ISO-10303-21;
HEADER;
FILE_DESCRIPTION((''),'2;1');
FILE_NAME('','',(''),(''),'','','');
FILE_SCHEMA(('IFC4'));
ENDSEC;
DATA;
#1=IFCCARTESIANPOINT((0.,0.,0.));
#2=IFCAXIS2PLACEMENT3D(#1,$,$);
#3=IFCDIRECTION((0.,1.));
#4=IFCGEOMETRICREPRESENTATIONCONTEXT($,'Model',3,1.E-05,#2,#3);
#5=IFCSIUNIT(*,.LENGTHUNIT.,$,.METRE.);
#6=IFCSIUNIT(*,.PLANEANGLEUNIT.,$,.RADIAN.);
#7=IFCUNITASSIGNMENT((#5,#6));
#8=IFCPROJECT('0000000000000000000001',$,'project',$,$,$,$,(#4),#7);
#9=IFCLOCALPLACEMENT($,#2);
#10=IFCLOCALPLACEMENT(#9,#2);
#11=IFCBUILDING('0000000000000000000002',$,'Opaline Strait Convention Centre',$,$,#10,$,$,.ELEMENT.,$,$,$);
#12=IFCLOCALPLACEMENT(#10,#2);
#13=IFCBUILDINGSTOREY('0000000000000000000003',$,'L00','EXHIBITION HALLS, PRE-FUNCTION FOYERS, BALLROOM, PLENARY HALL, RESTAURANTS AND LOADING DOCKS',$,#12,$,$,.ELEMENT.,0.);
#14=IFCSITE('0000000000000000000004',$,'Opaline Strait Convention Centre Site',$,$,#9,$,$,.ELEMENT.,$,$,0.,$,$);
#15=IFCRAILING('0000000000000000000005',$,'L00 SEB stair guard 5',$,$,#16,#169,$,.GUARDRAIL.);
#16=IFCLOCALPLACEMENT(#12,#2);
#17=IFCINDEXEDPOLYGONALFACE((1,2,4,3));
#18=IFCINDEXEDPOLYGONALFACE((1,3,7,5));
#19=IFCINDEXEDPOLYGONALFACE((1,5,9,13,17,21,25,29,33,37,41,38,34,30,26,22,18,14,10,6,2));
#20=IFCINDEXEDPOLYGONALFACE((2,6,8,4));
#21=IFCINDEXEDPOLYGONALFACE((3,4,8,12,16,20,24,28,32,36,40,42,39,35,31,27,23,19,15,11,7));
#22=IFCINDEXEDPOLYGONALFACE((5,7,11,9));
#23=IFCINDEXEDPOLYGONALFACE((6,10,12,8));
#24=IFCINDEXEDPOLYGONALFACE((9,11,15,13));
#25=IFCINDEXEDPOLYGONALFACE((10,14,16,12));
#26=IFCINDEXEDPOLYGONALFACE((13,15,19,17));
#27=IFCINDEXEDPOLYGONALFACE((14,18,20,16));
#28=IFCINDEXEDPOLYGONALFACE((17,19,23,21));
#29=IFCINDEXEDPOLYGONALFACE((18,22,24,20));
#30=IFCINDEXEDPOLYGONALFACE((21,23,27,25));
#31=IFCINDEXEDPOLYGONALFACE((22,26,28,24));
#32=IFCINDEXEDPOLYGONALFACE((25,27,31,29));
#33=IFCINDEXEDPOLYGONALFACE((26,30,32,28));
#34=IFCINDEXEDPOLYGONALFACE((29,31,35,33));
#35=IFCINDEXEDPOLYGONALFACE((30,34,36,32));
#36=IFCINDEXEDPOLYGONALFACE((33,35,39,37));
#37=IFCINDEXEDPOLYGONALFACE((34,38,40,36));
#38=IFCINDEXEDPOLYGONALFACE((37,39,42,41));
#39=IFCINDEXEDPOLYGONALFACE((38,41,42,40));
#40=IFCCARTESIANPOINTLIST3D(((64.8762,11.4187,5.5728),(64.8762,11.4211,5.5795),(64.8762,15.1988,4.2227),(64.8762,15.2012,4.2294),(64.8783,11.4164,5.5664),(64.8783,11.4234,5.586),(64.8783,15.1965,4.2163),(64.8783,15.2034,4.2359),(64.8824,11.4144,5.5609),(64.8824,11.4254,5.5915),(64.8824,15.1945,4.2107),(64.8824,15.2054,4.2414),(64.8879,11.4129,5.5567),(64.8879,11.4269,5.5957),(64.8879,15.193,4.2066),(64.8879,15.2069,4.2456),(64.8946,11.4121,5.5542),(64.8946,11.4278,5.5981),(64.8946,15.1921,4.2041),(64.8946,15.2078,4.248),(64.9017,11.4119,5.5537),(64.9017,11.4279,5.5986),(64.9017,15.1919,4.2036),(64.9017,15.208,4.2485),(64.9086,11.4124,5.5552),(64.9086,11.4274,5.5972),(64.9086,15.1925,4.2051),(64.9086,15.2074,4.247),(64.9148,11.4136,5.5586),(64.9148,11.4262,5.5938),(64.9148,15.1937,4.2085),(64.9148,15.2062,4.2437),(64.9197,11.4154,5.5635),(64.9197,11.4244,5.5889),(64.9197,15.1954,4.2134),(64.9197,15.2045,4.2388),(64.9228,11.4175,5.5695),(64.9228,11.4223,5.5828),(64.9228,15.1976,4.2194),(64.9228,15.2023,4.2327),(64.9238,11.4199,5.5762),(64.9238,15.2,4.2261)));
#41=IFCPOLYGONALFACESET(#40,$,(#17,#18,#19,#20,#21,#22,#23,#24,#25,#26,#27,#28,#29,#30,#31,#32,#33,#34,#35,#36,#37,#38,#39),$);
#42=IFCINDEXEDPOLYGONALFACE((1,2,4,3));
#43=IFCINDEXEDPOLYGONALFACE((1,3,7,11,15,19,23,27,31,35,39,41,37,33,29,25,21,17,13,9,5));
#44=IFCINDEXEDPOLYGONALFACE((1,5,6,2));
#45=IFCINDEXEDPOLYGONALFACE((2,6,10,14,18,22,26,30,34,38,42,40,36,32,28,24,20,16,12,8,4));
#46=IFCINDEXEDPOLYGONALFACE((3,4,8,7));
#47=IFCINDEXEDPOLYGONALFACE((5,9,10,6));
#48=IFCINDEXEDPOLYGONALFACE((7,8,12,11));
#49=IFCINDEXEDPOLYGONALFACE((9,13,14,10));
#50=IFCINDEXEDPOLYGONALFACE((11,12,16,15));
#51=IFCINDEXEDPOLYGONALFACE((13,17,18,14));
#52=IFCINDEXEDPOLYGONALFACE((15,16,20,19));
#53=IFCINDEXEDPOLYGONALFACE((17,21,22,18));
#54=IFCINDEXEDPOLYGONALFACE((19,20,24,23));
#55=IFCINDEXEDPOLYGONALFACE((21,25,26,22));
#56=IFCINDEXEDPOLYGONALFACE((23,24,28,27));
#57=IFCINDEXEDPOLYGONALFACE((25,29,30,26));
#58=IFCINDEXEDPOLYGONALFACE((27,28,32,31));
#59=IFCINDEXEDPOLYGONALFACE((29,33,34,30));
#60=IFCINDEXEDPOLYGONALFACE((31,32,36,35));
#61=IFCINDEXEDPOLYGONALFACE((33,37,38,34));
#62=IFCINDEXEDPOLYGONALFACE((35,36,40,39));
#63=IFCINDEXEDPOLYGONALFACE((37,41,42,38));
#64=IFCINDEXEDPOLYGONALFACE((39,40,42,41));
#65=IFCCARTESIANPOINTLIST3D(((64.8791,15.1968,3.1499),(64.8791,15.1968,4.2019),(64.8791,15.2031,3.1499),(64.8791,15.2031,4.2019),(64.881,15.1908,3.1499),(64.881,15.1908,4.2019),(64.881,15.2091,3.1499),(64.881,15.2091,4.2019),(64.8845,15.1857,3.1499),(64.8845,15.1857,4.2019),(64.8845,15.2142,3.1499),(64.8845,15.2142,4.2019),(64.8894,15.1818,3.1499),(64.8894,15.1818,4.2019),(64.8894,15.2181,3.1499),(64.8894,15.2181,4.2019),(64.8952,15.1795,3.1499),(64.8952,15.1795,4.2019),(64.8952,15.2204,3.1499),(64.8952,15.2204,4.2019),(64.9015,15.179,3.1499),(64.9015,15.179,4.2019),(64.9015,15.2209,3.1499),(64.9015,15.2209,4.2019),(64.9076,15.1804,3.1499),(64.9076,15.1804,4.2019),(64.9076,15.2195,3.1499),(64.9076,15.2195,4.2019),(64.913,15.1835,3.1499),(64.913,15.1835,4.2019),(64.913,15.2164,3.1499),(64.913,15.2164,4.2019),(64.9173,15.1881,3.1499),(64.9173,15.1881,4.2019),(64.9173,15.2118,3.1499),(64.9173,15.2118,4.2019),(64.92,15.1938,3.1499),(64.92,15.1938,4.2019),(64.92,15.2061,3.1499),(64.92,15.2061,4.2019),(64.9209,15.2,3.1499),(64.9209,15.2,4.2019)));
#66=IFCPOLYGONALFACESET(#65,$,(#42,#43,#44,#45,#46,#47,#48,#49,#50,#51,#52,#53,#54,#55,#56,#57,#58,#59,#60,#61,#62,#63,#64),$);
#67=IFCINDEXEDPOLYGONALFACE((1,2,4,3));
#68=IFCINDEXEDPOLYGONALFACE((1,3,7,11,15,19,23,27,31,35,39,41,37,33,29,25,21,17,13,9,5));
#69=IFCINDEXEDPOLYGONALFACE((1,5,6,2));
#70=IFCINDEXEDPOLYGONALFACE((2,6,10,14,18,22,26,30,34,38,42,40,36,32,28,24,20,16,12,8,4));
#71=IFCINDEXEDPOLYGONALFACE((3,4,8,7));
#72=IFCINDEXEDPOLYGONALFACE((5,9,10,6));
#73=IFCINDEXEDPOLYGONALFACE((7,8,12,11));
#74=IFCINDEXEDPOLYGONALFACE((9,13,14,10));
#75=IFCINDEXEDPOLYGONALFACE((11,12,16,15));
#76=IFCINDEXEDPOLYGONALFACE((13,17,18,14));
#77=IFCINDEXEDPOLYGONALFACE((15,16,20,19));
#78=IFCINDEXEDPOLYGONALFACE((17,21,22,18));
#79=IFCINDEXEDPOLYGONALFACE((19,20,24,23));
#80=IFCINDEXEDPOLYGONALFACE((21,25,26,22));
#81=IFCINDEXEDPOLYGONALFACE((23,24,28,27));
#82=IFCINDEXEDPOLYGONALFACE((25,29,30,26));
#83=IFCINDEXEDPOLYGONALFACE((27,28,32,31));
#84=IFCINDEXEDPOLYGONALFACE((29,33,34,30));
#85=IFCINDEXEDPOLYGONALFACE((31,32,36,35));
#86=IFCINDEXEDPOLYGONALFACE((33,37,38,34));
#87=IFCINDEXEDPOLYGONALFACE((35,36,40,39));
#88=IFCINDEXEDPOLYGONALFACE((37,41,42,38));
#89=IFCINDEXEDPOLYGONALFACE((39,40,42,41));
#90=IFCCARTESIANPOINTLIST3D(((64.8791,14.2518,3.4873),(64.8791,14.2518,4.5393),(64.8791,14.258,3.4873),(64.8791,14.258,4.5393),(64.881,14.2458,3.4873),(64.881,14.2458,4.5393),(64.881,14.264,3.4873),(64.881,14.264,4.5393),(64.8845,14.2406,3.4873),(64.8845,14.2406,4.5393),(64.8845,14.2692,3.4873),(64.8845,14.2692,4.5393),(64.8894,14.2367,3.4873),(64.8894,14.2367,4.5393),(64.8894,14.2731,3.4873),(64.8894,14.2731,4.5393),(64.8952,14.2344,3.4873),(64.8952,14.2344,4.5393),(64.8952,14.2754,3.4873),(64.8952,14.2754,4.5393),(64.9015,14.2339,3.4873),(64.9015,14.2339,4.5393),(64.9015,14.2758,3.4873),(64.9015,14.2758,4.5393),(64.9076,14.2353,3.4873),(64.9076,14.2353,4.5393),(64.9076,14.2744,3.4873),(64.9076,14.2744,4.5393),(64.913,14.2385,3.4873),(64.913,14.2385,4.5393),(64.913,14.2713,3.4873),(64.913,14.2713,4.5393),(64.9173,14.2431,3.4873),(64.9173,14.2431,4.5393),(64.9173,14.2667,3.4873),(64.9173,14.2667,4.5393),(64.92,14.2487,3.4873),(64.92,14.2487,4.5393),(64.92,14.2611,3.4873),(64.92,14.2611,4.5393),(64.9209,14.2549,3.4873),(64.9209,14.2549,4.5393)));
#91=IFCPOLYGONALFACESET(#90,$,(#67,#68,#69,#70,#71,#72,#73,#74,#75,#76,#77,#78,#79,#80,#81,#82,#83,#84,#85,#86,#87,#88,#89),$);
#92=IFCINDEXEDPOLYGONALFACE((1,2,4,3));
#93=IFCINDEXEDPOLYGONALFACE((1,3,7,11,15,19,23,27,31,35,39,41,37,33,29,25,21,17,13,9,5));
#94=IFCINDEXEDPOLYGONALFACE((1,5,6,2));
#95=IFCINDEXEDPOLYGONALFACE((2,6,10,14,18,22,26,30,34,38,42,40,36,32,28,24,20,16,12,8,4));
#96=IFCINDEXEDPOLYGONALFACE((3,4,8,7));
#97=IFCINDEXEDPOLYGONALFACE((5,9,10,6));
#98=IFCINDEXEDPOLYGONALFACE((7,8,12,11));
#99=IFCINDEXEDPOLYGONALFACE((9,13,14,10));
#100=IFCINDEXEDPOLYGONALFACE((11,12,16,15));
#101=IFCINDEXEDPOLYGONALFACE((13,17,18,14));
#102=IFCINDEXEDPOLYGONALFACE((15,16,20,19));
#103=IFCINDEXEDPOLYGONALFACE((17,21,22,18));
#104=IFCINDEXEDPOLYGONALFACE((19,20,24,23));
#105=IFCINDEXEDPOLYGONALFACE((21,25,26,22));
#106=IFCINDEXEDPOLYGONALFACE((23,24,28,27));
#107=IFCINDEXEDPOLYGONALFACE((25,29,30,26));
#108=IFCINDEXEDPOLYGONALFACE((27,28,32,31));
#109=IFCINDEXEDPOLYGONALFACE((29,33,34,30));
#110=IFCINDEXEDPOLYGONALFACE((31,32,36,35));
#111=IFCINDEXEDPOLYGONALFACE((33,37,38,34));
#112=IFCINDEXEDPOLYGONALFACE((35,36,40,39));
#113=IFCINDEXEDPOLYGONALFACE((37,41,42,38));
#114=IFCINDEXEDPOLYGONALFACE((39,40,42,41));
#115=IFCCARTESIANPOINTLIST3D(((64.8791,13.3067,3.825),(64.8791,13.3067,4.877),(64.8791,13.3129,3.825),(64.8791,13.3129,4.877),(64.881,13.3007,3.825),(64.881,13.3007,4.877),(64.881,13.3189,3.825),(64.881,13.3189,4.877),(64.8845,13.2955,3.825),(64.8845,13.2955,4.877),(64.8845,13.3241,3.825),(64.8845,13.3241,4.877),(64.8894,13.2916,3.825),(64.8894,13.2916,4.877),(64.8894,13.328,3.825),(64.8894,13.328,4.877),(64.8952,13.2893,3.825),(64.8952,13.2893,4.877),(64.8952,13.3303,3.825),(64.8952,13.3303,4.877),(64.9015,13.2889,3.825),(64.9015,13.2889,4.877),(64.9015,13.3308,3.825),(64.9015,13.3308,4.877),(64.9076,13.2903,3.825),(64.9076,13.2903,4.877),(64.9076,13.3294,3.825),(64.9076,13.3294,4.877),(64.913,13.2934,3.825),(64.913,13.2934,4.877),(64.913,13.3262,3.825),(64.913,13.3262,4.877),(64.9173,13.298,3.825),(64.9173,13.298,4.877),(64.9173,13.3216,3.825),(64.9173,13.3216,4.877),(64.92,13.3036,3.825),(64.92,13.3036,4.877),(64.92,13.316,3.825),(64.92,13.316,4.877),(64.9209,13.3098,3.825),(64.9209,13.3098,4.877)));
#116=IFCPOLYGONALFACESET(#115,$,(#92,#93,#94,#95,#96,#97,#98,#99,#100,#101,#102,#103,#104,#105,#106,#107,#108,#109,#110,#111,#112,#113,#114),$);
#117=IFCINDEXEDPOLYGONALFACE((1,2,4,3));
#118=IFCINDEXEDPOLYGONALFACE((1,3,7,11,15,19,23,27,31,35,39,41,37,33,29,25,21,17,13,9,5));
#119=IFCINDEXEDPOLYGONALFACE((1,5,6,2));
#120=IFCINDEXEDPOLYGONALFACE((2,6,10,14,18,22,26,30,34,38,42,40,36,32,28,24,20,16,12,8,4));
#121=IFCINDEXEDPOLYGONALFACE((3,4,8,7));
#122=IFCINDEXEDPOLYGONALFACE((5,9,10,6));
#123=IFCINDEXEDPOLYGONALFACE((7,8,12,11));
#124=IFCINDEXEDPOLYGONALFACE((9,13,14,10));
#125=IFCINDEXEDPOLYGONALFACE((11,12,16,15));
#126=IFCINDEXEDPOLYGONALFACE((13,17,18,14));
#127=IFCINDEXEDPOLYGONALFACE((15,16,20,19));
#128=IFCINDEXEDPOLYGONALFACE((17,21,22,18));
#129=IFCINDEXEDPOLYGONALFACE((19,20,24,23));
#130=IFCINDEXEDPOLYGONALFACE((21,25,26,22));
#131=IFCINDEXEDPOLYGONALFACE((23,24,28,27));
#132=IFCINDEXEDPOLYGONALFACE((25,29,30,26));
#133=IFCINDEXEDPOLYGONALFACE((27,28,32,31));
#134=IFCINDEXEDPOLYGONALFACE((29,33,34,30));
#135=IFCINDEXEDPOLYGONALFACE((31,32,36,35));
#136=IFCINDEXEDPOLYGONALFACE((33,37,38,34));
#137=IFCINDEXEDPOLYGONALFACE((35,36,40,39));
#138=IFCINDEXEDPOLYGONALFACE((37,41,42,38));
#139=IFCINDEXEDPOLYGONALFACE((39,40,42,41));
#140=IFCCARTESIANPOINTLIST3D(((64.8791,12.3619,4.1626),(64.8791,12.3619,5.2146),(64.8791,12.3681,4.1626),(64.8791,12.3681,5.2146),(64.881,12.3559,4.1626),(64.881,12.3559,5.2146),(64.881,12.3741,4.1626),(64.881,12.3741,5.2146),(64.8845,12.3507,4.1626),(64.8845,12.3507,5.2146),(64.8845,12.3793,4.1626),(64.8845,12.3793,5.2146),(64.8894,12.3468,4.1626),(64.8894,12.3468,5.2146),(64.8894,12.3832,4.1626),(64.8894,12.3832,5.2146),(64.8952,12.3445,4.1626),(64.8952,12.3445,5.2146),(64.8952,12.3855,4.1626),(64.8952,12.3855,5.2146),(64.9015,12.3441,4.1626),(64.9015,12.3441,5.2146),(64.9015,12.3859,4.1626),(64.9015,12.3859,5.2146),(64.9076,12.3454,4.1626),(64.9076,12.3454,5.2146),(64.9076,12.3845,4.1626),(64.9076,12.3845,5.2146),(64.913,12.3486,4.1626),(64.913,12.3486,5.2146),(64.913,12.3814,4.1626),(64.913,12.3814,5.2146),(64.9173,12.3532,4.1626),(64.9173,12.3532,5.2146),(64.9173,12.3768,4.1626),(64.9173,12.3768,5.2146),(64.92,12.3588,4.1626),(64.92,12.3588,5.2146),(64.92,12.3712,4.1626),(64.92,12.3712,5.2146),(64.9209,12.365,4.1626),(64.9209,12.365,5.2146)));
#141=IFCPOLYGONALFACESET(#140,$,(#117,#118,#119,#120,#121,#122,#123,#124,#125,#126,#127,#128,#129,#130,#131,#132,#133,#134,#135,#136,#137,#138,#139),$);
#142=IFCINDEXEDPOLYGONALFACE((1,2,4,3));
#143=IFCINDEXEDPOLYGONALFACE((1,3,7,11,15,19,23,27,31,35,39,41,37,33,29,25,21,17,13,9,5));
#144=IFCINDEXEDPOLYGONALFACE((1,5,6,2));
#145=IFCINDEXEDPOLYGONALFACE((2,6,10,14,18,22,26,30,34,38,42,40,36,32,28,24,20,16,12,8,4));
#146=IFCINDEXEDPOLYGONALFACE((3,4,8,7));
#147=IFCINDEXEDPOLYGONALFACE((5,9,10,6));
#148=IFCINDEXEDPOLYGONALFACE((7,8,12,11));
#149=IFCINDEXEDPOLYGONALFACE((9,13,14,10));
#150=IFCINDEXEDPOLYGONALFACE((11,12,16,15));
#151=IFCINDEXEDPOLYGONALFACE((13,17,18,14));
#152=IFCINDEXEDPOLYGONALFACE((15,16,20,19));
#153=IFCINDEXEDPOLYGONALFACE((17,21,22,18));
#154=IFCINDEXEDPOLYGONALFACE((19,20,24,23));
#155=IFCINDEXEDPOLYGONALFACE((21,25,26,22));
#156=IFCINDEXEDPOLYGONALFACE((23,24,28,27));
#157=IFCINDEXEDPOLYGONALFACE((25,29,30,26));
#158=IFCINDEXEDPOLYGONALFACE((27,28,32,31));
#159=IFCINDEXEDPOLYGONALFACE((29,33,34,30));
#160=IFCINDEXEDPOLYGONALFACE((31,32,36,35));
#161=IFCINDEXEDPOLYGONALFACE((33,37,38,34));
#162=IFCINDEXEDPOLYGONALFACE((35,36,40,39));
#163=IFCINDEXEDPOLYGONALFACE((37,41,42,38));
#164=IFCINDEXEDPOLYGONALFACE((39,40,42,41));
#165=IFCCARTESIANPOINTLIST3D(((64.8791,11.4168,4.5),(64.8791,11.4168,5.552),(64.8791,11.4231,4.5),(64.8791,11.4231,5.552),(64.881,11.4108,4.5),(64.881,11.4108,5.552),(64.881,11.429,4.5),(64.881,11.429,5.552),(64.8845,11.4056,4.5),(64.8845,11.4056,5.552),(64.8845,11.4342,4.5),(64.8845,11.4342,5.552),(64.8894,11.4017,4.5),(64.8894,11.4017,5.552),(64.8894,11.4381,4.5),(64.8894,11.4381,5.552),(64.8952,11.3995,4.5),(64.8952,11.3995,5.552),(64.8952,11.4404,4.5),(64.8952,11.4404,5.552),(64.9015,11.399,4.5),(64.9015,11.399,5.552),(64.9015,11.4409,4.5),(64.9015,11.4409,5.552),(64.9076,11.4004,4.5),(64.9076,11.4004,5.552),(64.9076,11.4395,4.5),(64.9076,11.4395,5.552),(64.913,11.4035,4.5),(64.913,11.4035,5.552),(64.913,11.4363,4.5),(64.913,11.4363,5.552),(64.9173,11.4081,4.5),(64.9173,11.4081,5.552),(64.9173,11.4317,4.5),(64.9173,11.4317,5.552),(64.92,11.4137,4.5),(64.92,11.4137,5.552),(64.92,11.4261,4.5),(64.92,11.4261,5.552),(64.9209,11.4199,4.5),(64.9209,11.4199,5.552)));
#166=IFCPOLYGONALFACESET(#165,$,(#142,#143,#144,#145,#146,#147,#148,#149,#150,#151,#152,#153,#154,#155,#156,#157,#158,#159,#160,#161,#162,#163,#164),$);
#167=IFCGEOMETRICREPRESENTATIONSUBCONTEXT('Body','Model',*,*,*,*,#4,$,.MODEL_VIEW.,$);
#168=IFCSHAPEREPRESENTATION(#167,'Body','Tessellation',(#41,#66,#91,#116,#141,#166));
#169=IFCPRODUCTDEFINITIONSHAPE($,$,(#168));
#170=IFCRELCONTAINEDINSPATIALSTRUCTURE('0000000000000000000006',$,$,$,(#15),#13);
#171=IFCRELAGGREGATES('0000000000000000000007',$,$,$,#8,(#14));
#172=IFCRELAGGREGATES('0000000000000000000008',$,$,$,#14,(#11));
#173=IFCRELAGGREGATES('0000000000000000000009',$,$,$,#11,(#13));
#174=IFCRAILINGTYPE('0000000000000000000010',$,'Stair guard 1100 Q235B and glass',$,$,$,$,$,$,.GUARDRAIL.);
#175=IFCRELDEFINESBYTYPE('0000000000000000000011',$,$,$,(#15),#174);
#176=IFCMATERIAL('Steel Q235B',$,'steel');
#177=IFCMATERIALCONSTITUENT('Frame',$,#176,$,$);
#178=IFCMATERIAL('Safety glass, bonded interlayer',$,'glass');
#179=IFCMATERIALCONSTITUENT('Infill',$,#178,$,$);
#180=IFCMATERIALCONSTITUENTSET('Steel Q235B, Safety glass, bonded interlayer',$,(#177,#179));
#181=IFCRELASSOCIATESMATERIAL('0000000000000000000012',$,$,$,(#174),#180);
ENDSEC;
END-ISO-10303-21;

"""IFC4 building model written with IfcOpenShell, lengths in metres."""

from ifc_helpers import new_model, si_unit, direction, frame, origin, origin_2d, place, context, subcontext, project, spatial, circle, extrude, material, constituent, constituent_set, type_object, element, save


model = new_model("IFC4")

# Units and contexts
model_context = context("Model", 3, precision=1e-05, world=origin(), true_north=direction((0.0, 1.0)))
body_context = subcontext(model_context, "Body", "Model", "MODEL_VIEW")
ifc_project = project(units=[si_unit("LENGTHUNIT", "METRE"), si_unit("PLANEANGLEUNIT", "RADIAN")], contexts=[model_context])

# Site, building, storey
site_placement = place(None, origin())
site = spatial("IfcSite", under=ifc_project, at=site_placement, Name="Opaline Strait Convention Centre Site", CompositionType="ELEMENT", RefElevation=0.0)
building_placement = place(site_placement, origin())
building = spatial("IfcBuilding", under=site, at=building_placement, Name="Opaline Strait Convention Centre", CompositionType="ELEMENT")
storey_placement = place(building_placement, origin())
storey = spatial("IfcBuildingStorey", under=building, at=storey_placement, Name="L00", Description="EXHIBITION HALLS, PRE-FUNCTION FOYERS, BALLROOM, PLENARY HALL, RESTAURANTS AND LOADING DOCKS", CompositionType="ELEMENT", Elevation=0.0)

# Railing
ifc_material_1 = material(Name="Steel Q235B", Category="steel")
ifc_constituent_1 = constituent(ifc_material_1, Name="Frame")
ifc_material_2 = material(Name="Safety glass, bonded interlayer", Category="glass")
ifc_constituent_2 = constituent(ifc_material_2, Name="Infill")
ifc_constituent_set = constituent_set(constituents=[ifc_constituent_1, ifc_constituent_2], Name="Steel Q235B, Safety glass, bonded interlayer")
railing_type_1 = type_object("IfcRailingType", Name="Stair guard 1100 Q235B and glass", PredefinedType="GUARDRAIL", material=ifc_constituent_set)
railing_1_placement = place(storey_placement, frame((64.8999, 15.2, 3.1499)))
element("IfcRailing", 1, at=railing_1_placement, inside=storey, type_object=railing_type_1, Name="L00 SEB stair guard 5", PredefinedType="GUARDRAIL", context=body_context, shape_type="SweptSolid", body=[
    extrude(circle(Radius=0.0239, at=origin_2d()), frame((0.0, 0.0, 1.0762), z_axis=(0.0, -0.941735, 0.336356), x_axis=(1.0, 0.0, 0.0)), (0.0, 0.0, 1.0), 4.0139),
    extrude(circle(Radius=0.021, at=origin_2d()), origin(), (0.0, 0.0, 1.0), 1.052),
    extrude(circle(Radius=0.021, at=origin_2d()), frame((0.0, -0.9451, 0.3374)), (0.0, 0.0, 1.0), 1.052),
    extrude(circle(Radius=0.021, at=origin_2d()), frame((0.0, -1.8901, 0.675)), (0.0, 0.0, 1.0), 1.052),
    extrude(circle(Radius=0.021, at=origin_2d()), frame((0.0, -2.835, 1.0127)), (0.0, 0.0, 1.0), 1.052),
    extrude(circle(Radius=0.021, at=origin_2d()), frame((0.0, -3.78, 1.3501)), (0.0, 0.0, 1.0), 1.052),
])

save(model, "model.ifc")
